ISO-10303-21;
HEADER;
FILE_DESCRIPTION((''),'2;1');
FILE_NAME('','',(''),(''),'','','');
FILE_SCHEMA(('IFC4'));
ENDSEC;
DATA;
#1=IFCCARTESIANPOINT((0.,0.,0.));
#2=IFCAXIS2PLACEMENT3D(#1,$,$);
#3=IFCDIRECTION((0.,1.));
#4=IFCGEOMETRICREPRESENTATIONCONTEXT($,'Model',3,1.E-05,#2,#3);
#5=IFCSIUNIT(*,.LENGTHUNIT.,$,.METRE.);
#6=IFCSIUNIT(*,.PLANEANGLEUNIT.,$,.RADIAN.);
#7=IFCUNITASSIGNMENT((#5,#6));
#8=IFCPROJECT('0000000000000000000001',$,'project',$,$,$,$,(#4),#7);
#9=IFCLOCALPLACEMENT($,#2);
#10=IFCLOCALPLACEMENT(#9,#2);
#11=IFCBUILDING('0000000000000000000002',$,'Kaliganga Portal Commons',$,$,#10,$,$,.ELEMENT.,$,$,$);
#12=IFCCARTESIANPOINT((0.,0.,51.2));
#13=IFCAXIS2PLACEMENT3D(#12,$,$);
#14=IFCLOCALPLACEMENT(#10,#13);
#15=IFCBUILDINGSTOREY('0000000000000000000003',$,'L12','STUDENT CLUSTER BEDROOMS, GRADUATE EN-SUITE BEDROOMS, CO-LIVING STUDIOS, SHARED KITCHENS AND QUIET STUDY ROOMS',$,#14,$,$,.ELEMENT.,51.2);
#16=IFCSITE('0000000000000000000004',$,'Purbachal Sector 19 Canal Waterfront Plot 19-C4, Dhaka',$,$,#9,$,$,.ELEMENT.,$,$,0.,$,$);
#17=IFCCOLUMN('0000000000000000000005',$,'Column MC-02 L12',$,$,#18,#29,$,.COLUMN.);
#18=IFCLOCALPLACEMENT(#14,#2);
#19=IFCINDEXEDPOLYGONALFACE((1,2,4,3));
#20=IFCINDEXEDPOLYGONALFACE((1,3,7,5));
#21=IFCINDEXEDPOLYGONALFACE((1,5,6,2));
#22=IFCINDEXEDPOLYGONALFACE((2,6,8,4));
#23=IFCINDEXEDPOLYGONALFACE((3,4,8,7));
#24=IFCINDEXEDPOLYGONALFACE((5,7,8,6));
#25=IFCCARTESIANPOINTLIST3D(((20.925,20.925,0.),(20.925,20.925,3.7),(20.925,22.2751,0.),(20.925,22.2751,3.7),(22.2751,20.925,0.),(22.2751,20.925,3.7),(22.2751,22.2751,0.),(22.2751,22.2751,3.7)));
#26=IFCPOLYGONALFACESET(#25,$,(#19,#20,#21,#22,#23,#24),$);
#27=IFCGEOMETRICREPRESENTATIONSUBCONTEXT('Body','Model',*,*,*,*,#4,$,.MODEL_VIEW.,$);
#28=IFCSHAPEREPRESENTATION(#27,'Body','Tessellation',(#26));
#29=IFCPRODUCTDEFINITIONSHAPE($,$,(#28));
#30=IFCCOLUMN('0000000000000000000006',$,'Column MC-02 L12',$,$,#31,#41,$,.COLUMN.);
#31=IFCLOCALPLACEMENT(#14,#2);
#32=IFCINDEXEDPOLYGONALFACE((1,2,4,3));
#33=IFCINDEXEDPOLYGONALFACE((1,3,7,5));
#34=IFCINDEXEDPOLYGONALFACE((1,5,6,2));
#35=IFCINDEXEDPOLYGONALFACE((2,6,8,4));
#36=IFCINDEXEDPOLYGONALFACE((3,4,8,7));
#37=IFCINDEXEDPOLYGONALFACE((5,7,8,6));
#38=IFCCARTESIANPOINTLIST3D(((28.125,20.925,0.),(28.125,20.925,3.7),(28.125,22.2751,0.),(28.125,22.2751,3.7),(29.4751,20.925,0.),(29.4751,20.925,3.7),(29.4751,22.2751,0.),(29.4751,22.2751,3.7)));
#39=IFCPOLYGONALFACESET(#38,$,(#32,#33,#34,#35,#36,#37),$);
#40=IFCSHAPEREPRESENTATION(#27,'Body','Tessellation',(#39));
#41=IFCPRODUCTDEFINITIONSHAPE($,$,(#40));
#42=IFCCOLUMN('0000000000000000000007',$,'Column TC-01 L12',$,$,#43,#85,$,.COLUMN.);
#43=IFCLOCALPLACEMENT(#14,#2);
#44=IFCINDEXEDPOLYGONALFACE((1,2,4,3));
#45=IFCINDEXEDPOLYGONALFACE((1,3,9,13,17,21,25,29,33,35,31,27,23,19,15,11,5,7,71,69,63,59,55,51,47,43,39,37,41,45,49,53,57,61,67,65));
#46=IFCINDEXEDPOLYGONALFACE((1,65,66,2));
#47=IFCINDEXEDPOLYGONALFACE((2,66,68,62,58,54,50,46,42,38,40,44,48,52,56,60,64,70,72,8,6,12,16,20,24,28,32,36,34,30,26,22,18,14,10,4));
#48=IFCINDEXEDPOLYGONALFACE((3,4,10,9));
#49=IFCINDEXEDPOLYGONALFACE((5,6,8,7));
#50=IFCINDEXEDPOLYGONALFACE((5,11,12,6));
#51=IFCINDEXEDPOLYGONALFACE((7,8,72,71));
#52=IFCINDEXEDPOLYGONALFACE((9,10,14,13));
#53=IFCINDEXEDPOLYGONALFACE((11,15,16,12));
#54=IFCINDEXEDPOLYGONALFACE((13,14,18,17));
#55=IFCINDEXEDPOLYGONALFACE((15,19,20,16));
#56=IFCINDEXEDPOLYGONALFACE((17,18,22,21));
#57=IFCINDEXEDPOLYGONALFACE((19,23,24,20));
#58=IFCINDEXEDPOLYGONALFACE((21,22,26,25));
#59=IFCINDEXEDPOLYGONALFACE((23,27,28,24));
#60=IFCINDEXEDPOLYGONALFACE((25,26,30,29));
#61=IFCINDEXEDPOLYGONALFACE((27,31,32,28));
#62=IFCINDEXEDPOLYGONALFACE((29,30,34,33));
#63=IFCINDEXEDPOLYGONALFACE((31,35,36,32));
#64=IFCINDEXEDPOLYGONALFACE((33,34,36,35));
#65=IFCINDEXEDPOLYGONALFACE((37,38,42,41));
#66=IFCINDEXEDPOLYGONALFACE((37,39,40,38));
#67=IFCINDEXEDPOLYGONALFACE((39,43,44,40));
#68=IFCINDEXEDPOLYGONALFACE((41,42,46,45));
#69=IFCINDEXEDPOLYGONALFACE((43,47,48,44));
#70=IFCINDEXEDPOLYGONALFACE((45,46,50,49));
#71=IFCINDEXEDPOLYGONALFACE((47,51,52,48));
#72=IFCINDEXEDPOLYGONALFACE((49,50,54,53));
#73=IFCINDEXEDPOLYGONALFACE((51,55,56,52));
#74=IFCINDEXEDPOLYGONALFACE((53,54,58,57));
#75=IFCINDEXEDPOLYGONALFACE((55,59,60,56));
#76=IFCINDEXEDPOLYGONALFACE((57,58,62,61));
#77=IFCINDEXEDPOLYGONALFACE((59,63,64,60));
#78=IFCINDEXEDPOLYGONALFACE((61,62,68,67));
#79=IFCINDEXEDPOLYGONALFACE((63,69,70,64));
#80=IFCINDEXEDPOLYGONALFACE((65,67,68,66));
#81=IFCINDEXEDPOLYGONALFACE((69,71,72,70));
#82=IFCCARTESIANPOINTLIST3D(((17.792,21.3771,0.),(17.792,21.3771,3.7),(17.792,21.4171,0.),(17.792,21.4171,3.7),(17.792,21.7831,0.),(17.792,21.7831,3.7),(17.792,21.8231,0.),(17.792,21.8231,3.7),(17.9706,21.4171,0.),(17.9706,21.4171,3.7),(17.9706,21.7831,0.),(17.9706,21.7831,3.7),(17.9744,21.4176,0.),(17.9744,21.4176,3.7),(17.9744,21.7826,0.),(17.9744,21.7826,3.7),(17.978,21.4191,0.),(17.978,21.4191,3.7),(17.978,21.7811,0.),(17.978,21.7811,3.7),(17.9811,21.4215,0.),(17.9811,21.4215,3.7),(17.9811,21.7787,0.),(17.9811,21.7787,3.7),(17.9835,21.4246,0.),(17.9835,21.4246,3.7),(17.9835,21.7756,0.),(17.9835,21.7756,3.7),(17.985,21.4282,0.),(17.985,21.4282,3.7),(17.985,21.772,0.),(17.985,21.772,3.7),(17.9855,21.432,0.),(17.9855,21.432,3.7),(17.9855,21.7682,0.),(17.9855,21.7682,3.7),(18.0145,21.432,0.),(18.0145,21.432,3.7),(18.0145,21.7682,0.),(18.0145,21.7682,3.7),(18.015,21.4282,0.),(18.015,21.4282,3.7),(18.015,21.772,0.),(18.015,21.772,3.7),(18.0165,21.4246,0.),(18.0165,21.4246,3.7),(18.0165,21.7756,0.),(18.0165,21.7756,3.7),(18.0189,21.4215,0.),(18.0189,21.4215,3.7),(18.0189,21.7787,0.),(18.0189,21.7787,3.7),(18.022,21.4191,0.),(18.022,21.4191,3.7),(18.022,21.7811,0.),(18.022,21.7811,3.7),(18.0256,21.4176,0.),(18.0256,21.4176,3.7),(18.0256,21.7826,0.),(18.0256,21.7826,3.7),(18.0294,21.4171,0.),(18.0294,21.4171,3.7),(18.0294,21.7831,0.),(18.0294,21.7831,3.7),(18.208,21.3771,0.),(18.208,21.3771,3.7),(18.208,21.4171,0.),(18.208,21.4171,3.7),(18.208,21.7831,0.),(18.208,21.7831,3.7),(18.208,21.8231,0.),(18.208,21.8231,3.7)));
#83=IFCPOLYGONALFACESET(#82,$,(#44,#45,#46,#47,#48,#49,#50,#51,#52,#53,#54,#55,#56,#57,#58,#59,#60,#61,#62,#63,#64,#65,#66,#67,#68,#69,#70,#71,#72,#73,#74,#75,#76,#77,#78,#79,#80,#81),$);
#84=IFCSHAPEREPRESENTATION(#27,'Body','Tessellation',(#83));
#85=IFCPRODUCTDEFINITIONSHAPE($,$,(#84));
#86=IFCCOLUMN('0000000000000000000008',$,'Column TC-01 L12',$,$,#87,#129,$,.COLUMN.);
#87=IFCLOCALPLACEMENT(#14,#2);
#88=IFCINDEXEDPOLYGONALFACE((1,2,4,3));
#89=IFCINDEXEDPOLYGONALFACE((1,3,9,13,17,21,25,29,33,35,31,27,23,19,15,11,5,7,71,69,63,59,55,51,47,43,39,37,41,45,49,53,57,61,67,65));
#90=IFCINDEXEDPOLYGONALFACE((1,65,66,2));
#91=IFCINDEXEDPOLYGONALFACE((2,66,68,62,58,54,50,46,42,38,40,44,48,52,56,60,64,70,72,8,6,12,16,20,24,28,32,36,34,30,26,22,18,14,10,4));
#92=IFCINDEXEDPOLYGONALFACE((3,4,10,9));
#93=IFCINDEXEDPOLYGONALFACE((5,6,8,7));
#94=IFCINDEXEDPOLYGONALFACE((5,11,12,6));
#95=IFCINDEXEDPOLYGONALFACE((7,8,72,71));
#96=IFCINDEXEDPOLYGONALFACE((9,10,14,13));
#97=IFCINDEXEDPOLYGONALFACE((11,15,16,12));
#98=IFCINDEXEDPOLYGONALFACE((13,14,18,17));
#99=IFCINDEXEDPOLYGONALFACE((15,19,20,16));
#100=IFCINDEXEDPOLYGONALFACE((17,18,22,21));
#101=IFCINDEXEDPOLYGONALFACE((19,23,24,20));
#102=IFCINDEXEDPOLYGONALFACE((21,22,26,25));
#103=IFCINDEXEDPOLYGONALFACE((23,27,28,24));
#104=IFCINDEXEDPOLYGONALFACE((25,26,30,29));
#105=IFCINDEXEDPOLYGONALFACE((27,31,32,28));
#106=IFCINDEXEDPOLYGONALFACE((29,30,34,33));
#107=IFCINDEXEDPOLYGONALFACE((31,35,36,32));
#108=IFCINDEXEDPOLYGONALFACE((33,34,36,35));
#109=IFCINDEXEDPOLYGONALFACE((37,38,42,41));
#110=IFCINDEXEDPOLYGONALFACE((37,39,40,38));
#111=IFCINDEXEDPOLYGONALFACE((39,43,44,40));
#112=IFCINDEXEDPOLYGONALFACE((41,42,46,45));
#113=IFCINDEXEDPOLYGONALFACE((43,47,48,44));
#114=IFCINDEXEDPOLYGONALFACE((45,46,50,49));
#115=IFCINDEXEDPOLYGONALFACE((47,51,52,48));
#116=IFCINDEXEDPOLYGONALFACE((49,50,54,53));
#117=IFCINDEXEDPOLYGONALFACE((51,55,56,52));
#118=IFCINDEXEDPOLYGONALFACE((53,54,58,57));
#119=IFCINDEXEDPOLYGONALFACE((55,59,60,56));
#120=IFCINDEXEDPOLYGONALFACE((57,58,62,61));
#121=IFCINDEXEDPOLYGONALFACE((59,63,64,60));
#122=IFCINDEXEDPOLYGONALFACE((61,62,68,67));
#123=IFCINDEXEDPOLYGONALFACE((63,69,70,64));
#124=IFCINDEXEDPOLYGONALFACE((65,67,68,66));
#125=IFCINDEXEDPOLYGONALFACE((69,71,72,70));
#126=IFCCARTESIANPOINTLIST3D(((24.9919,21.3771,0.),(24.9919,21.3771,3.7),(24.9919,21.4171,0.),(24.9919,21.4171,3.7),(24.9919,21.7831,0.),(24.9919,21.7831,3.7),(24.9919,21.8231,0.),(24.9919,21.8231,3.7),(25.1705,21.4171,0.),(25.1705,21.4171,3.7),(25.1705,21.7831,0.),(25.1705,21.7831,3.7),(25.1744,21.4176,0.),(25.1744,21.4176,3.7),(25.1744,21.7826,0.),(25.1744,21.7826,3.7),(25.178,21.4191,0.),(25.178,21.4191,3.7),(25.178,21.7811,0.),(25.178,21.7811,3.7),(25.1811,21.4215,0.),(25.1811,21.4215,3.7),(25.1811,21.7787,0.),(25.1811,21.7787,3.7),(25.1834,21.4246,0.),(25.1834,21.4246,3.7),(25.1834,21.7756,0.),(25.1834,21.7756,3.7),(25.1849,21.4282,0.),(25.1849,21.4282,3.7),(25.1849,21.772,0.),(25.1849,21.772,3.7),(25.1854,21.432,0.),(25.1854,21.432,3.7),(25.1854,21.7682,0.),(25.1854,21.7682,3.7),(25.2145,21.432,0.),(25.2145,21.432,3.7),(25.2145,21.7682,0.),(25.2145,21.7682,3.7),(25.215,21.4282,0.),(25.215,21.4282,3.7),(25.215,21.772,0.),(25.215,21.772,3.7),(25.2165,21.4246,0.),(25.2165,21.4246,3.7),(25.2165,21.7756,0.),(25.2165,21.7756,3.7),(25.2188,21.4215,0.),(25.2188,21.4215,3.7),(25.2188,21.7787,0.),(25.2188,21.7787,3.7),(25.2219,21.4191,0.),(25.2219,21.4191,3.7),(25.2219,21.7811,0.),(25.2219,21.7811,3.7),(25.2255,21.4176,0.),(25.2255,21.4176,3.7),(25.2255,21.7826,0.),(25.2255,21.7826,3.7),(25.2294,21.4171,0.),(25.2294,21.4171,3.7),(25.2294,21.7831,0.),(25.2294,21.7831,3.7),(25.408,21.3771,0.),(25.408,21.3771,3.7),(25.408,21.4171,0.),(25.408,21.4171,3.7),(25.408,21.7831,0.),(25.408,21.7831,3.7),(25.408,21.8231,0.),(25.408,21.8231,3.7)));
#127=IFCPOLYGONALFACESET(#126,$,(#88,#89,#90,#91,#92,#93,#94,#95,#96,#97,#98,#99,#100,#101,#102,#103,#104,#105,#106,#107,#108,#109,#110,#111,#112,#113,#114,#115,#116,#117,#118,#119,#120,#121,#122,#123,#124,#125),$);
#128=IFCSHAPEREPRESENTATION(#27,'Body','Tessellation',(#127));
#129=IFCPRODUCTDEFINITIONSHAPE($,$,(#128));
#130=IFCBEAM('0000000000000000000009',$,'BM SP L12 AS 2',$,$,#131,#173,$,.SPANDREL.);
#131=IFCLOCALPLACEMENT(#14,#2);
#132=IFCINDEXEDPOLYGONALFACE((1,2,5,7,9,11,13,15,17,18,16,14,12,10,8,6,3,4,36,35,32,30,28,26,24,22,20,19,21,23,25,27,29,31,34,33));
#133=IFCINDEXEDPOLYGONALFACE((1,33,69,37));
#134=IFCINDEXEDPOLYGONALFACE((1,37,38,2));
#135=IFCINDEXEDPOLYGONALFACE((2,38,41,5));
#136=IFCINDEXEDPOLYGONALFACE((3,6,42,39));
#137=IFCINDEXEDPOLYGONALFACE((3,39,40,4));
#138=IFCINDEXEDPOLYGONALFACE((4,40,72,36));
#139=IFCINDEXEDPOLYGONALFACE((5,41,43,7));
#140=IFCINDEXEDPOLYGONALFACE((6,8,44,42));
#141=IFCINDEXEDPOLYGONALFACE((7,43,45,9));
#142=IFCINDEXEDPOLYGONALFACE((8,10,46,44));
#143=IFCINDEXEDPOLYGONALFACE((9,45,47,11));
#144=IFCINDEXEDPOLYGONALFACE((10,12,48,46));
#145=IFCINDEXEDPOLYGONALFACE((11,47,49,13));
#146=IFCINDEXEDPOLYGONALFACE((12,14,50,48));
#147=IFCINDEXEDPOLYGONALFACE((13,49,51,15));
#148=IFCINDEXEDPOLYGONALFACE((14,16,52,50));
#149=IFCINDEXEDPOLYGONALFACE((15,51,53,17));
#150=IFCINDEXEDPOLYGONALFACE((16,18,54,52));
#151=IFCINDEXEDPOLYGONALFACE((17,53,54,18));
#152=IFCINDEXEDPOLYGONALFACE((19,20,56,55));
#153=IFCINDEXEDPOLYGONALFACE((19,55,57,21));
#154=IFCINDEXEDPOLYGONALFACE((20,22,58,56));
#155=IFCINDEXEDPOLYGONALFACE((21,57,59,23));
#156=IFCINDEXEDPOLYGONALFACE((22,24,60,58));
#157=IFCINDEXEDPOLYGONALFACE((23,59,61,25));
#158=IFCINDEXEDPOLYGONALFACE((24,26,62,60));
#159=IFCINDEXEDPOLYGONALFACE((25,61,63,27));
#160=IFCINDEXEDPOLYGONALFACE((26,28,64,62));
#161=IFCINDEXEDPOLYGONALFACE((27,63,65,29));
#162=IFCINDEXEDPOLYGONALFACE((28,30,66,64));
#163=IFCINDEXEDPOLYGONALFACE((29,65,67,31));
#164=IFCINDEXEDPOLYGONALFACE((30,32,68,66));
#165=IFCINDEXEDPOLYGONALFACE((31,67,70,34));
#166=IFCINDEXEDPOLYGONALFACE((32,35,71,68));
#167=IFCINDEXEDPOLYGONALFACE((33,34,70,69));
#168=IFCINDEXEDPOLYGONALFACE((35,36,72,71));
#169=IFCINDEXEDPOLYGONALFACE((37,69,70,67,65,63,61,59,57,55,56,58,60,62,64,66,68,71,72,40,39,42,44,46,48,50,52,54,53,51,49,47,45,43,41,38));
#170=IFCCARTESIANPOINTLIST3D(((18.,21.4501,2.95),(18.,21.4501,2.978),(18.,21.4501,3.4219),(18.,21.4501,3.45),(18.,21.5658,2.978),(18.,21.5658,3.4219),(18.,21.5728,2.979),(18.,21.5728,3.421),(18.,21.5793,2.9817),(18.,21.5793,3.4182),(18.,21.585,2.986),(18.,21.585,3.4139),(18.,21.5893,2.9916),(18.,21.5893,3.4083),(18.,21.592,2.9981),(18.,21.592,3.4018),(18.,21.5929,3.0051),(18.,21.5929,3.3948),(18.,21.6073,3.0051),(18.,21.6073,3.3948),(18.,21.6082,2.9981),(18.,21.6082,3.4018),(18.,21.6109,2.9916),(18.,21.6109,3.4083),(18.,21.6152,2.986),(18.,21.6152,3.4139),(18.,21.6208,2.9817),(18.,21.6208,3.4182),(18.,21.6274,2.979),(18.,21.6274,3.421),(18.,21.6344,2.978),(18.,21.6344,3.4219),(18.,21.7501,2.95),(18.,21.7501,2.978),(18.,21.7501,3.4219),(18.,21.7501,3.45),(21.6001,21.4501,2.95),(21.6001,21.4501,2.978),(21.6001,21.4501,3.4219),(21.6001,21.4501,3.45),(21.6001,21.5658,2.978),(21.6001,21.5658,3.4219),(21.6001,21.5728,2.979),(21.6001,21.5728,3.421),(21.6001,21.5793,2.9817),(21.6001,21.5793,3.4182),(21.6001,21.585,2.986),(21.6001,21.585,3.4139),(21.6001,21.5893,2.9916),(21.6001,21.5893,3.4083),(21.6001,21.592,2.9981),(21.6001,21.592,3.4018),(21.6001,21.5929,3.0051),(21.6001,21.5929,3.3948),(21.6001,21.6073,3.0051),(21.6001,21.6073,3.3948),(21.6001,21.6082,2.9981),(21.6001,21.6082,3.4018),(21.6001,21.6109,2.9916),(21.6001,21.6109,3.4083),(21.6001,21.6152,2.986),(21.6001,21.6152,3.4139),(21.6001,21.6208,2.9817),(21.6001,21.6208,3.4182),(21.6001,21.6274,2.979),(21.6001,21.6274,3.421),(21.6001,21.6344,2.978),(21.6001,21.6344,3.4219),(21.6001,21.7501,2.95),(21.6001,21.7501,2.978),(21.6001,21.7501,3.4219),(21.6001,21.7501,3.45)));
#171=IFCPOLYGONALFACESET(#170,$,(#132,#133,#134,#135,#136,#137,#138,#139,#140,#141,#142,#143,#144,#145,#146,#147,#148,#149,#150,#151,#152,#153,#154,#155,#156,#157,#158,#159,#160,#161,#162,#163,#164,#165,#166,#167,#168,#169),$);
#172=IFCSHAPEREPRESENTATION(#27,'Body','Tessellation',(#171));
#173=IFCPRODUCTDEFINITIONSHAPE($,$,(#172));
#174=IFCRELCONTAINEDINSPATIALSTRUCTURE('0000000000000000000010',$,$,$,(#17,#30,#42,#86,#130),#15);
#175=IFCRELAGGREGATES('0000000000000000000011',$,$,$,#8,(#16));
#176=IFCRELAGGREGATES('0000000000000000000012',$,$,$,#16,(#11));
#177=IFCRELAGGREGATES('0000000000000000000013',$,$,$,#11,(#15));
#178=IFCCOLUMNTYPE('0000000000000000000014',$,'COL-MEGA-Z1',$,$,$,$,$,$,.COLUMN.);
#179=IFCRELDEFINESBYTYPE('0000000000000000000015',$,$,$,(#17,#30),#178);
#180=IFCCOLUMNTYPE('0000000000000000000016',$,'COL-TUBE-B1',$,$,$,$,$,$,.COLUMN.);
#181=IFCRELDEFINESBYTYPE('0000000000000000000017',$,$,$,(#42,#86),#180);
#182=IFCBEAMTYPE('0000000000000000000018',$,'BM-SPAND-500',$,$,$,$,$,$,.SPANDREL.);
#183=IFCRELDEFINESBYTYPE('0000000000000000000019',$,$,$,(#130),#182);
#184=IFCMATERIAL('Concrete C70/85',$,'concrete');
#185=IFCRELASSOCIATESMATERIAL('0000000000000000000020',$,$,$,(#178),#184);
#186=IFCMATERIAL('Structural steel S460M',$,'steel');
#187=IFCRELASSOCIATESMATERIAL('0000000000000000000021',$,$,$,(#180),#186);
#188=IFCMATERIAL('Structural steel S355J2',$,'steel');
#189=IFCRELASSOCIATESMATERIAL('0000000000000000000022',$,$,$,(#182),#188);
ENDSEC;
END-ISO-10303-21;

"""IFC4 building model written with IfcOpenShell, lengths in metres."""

from ifc_helpers import new_model, si_unit, direction, frame, origin, origin_2d, place, context, subcontext, project, spatial, rectangle, i_section, extrude, source, transform, mapped, material, material_profile, profile_set, type_object, element, save


model = new_model("IFC4")

# Units and contexts
model_context = context("Model", 3, precision=1e-05, world=origin(), true_north=direction((0.0, 1.0)))
body_context = subcontext(model_context, "Body", "Model", "MODEL_VIEW")
ifc_project = project(units=[si_unit("LENGTHUNIT", "METRE"), si_unit("PLANEANGLEUNIT", "RADIAN")], contexts=[model_context])

# Site, building, storey
site_placement = place(None, origin())
site = spatial("IfcSite", under=ifc_project, at=site_placement, Name="Purbachal Sector 19 Canal Waterfront Plot 19-C4, Dhaka", CompositionType="ELEMENT", RefElevation=0.0)
building_placement = place(site_placement, origin())
building = spatial("IfcBuilding", under=site, at=building_placement, Name="Kaliganga Portal Commons", CompositionType="ELEMENT")
storey_placement = place(building_placement, frame((0.0, 0.0, 51.2)))
storey = spatial("IfcBuildingStorey", under=building, at=storey_placement, Name="L12", Description="STUDENT CLUSTER BEDROOMS, GRADUATE EN-SUITE BEDROOMS, CO-LIVING STUDIOS, SHARED KITCHENS AND QUIET STUDY ROOMS", CompositionType="ELEMENT", Elevation=51.2)

# Columns
ifc_material_1 = material(Name="Concrete C70/85", Category="concrete")
ifc_material_profile_1 = material_profile(ifc_material_1, rectangle(XDim=1.3501, YDim=1.3501, at=origin_2d()), Name="RC 1350x1350")
ifc_profile_set_1 = profile_set([ifc_material_profile_1], Name="Concrete C70/85")
column_type_1 = type_object("IfcColumnType", Name="COL-MEGA-Z1", PredefinedType="COLUMN", material=ifc_profile_set_1)
shared_shape_1 = source(origin(), body_context, "Body", "SweptSolid", [
    extrude(rectangle(XDim=1.3501, YDim=1.3501, at=origin_2d()), origin(), (0.0, 0.0, 1.0), 3.7),
])
for number, where, z_axis, x_axis, name in (
    (1, (21.6001, 21.6001, 0.0), (0.0, 0.0, 1.0), (1.0, 0.0, 0.0), "Column MC-02 L12"),
    (2, (28.8, 21.6001, 0.0), (0.0, 0.0, 1.0), (1.0, 0.0, 0.0), "Column MC-02 L12"),
):
    element("IfcColumn", number, at=place(storey_placement, frame(where, z_axis=z_axis, x_axis=x_axis)), inside=storey, type_object=column_type_1, Name=name, PredefinedType="COLUMN", context=body_context, shape_type="MappedRepresentation", body=[
        mapped(shared_shape_1, transform((0.0, 0.0, 0.0), x_axis=(1.0, 0.0, 0.0), y_axis=(0.0, 1.0, 0.0), z_axis=(0.0, 0.0, 1.0), scale=1.0)),
    ])
ifc_material_2 = material(Name="Structural steel S460M", Category="steel")
ifc_material_profile_2 = material_profile(ifc_material_2, i_section(OverallWidth=0.416, OverallDepth=0.446, WebThickness=0.0291, FlangeThickness=0.04, FilletRadius=0.0149, at=origin_2d()), Name="HD 400x509")
ifc_profile_set_2 = profile_set([ifc_material_profile_2], Name="Structural steel S460M wide-flange")
column_type_2 = type_object("IfcColumnType", Name="COL-TUBE-B1", PredefinedType="COLUMN", material=ifc_profile_set_2)
shared_shape_2 = source(origin(), body_context, "Body", "SweptSolid", [
    extrude(i_section(OverallWidth=0.416, OverallDepth=0.446, WebThickness=0.0291, FlangeThickness=0.04, FilletRadius=0.0149, at=origin_2d()), origin(), (0.0, 0.0, 1.0), 3.7),
])
for number, where, z_axis, x_axis, name in (
    (3, (18.0, 21.6001, 0.0), (0.0, 0.0, 1.0), (1.0, 0.0, 0.0), "Column TC-01 L12"),
    (4, (25.2, 21.6001, 0.0), (0.0, 0.0, 1.0), (1.0, 0.0, 0.0), "Column TC-01 L12"),
):
    element("IfcColumn", number, at=place(storey_placement, frame(where, z_axis=z_axis, x_axis=x_axis)), inside=storey, type_object=column_type_2, Name=name, PredefinedType="COLUMN", context=body_context, shape_type="MappedRepresentation", body=[
        mapped(shared_shape_2, transform((0.0, 0.0, 0.0), x_axis=(1.0, 0.0, 0.0), y_axis=(0.0, 1.0, 0.0), z_axis=(0.0, 0.0, 1.0), scale=1.0)),
    ])

# Beam
ifc_material_3 = material(Name="Structural steel S355J2", Category="steel")
ifc_material_profile_3 = material_profile(ifc_material_3, i_section(OverallWidth=0.3, OverallDepth=0.5, WebThickness=0.0144, FlangeThickness=0.0281, FilletRadius=0.0271, at=origin_2d()), Name="HE 500 B")
ifc_profile_set_3 = profile_set([ifc_material_profile_3], Name="Structural steel S355J2 wide-flange")
beam_type_1 = type_object("IfcBeamType", Name="BM-SPAND-500", PredefinedType="SPANDREL", material=ifc_profile_set_3)
shared_shape_3 = source(origin(), body_context, "Body", "SweptSolid", [
    extrude(i_section(OverallWidth=0.3, OverallDepth=0.5, WebThickness=0.0144, FlangeThickness=0.0281, FilletRadius=0.0271, at=origin_2d()), origin(), (0.0, 0.0, 1.0), 3.6001),
])
for number, where, z_axis, x_axis, name in (
    (5, (18.0, 21.6001, 3.2), (1.0, 0.0, 0.0), (0.0, 1.0, 0.0), "BM SP L12 AS 2"),
):
    element("IfcBeam", number, at=place(storey_placement, frame(where, z_axis=z_axis, x_axis=x_axis)), inside=storey, type_object=beam_type_1, Name=name, PredefinedType="SPANDREL", context=body_context, shape_type="MappedRepresentation", body=[
        mapped(shared_shape_3, transform((0.0, 0.0, 0.0), x_axis=(1.0, 0.0, 0.0), y_axis=(0.0, 1.0, 0.0), z_axis=(0.0, 0.0, 1.0), scale=1.0)),
    ])

save(model, "model.ifc")
